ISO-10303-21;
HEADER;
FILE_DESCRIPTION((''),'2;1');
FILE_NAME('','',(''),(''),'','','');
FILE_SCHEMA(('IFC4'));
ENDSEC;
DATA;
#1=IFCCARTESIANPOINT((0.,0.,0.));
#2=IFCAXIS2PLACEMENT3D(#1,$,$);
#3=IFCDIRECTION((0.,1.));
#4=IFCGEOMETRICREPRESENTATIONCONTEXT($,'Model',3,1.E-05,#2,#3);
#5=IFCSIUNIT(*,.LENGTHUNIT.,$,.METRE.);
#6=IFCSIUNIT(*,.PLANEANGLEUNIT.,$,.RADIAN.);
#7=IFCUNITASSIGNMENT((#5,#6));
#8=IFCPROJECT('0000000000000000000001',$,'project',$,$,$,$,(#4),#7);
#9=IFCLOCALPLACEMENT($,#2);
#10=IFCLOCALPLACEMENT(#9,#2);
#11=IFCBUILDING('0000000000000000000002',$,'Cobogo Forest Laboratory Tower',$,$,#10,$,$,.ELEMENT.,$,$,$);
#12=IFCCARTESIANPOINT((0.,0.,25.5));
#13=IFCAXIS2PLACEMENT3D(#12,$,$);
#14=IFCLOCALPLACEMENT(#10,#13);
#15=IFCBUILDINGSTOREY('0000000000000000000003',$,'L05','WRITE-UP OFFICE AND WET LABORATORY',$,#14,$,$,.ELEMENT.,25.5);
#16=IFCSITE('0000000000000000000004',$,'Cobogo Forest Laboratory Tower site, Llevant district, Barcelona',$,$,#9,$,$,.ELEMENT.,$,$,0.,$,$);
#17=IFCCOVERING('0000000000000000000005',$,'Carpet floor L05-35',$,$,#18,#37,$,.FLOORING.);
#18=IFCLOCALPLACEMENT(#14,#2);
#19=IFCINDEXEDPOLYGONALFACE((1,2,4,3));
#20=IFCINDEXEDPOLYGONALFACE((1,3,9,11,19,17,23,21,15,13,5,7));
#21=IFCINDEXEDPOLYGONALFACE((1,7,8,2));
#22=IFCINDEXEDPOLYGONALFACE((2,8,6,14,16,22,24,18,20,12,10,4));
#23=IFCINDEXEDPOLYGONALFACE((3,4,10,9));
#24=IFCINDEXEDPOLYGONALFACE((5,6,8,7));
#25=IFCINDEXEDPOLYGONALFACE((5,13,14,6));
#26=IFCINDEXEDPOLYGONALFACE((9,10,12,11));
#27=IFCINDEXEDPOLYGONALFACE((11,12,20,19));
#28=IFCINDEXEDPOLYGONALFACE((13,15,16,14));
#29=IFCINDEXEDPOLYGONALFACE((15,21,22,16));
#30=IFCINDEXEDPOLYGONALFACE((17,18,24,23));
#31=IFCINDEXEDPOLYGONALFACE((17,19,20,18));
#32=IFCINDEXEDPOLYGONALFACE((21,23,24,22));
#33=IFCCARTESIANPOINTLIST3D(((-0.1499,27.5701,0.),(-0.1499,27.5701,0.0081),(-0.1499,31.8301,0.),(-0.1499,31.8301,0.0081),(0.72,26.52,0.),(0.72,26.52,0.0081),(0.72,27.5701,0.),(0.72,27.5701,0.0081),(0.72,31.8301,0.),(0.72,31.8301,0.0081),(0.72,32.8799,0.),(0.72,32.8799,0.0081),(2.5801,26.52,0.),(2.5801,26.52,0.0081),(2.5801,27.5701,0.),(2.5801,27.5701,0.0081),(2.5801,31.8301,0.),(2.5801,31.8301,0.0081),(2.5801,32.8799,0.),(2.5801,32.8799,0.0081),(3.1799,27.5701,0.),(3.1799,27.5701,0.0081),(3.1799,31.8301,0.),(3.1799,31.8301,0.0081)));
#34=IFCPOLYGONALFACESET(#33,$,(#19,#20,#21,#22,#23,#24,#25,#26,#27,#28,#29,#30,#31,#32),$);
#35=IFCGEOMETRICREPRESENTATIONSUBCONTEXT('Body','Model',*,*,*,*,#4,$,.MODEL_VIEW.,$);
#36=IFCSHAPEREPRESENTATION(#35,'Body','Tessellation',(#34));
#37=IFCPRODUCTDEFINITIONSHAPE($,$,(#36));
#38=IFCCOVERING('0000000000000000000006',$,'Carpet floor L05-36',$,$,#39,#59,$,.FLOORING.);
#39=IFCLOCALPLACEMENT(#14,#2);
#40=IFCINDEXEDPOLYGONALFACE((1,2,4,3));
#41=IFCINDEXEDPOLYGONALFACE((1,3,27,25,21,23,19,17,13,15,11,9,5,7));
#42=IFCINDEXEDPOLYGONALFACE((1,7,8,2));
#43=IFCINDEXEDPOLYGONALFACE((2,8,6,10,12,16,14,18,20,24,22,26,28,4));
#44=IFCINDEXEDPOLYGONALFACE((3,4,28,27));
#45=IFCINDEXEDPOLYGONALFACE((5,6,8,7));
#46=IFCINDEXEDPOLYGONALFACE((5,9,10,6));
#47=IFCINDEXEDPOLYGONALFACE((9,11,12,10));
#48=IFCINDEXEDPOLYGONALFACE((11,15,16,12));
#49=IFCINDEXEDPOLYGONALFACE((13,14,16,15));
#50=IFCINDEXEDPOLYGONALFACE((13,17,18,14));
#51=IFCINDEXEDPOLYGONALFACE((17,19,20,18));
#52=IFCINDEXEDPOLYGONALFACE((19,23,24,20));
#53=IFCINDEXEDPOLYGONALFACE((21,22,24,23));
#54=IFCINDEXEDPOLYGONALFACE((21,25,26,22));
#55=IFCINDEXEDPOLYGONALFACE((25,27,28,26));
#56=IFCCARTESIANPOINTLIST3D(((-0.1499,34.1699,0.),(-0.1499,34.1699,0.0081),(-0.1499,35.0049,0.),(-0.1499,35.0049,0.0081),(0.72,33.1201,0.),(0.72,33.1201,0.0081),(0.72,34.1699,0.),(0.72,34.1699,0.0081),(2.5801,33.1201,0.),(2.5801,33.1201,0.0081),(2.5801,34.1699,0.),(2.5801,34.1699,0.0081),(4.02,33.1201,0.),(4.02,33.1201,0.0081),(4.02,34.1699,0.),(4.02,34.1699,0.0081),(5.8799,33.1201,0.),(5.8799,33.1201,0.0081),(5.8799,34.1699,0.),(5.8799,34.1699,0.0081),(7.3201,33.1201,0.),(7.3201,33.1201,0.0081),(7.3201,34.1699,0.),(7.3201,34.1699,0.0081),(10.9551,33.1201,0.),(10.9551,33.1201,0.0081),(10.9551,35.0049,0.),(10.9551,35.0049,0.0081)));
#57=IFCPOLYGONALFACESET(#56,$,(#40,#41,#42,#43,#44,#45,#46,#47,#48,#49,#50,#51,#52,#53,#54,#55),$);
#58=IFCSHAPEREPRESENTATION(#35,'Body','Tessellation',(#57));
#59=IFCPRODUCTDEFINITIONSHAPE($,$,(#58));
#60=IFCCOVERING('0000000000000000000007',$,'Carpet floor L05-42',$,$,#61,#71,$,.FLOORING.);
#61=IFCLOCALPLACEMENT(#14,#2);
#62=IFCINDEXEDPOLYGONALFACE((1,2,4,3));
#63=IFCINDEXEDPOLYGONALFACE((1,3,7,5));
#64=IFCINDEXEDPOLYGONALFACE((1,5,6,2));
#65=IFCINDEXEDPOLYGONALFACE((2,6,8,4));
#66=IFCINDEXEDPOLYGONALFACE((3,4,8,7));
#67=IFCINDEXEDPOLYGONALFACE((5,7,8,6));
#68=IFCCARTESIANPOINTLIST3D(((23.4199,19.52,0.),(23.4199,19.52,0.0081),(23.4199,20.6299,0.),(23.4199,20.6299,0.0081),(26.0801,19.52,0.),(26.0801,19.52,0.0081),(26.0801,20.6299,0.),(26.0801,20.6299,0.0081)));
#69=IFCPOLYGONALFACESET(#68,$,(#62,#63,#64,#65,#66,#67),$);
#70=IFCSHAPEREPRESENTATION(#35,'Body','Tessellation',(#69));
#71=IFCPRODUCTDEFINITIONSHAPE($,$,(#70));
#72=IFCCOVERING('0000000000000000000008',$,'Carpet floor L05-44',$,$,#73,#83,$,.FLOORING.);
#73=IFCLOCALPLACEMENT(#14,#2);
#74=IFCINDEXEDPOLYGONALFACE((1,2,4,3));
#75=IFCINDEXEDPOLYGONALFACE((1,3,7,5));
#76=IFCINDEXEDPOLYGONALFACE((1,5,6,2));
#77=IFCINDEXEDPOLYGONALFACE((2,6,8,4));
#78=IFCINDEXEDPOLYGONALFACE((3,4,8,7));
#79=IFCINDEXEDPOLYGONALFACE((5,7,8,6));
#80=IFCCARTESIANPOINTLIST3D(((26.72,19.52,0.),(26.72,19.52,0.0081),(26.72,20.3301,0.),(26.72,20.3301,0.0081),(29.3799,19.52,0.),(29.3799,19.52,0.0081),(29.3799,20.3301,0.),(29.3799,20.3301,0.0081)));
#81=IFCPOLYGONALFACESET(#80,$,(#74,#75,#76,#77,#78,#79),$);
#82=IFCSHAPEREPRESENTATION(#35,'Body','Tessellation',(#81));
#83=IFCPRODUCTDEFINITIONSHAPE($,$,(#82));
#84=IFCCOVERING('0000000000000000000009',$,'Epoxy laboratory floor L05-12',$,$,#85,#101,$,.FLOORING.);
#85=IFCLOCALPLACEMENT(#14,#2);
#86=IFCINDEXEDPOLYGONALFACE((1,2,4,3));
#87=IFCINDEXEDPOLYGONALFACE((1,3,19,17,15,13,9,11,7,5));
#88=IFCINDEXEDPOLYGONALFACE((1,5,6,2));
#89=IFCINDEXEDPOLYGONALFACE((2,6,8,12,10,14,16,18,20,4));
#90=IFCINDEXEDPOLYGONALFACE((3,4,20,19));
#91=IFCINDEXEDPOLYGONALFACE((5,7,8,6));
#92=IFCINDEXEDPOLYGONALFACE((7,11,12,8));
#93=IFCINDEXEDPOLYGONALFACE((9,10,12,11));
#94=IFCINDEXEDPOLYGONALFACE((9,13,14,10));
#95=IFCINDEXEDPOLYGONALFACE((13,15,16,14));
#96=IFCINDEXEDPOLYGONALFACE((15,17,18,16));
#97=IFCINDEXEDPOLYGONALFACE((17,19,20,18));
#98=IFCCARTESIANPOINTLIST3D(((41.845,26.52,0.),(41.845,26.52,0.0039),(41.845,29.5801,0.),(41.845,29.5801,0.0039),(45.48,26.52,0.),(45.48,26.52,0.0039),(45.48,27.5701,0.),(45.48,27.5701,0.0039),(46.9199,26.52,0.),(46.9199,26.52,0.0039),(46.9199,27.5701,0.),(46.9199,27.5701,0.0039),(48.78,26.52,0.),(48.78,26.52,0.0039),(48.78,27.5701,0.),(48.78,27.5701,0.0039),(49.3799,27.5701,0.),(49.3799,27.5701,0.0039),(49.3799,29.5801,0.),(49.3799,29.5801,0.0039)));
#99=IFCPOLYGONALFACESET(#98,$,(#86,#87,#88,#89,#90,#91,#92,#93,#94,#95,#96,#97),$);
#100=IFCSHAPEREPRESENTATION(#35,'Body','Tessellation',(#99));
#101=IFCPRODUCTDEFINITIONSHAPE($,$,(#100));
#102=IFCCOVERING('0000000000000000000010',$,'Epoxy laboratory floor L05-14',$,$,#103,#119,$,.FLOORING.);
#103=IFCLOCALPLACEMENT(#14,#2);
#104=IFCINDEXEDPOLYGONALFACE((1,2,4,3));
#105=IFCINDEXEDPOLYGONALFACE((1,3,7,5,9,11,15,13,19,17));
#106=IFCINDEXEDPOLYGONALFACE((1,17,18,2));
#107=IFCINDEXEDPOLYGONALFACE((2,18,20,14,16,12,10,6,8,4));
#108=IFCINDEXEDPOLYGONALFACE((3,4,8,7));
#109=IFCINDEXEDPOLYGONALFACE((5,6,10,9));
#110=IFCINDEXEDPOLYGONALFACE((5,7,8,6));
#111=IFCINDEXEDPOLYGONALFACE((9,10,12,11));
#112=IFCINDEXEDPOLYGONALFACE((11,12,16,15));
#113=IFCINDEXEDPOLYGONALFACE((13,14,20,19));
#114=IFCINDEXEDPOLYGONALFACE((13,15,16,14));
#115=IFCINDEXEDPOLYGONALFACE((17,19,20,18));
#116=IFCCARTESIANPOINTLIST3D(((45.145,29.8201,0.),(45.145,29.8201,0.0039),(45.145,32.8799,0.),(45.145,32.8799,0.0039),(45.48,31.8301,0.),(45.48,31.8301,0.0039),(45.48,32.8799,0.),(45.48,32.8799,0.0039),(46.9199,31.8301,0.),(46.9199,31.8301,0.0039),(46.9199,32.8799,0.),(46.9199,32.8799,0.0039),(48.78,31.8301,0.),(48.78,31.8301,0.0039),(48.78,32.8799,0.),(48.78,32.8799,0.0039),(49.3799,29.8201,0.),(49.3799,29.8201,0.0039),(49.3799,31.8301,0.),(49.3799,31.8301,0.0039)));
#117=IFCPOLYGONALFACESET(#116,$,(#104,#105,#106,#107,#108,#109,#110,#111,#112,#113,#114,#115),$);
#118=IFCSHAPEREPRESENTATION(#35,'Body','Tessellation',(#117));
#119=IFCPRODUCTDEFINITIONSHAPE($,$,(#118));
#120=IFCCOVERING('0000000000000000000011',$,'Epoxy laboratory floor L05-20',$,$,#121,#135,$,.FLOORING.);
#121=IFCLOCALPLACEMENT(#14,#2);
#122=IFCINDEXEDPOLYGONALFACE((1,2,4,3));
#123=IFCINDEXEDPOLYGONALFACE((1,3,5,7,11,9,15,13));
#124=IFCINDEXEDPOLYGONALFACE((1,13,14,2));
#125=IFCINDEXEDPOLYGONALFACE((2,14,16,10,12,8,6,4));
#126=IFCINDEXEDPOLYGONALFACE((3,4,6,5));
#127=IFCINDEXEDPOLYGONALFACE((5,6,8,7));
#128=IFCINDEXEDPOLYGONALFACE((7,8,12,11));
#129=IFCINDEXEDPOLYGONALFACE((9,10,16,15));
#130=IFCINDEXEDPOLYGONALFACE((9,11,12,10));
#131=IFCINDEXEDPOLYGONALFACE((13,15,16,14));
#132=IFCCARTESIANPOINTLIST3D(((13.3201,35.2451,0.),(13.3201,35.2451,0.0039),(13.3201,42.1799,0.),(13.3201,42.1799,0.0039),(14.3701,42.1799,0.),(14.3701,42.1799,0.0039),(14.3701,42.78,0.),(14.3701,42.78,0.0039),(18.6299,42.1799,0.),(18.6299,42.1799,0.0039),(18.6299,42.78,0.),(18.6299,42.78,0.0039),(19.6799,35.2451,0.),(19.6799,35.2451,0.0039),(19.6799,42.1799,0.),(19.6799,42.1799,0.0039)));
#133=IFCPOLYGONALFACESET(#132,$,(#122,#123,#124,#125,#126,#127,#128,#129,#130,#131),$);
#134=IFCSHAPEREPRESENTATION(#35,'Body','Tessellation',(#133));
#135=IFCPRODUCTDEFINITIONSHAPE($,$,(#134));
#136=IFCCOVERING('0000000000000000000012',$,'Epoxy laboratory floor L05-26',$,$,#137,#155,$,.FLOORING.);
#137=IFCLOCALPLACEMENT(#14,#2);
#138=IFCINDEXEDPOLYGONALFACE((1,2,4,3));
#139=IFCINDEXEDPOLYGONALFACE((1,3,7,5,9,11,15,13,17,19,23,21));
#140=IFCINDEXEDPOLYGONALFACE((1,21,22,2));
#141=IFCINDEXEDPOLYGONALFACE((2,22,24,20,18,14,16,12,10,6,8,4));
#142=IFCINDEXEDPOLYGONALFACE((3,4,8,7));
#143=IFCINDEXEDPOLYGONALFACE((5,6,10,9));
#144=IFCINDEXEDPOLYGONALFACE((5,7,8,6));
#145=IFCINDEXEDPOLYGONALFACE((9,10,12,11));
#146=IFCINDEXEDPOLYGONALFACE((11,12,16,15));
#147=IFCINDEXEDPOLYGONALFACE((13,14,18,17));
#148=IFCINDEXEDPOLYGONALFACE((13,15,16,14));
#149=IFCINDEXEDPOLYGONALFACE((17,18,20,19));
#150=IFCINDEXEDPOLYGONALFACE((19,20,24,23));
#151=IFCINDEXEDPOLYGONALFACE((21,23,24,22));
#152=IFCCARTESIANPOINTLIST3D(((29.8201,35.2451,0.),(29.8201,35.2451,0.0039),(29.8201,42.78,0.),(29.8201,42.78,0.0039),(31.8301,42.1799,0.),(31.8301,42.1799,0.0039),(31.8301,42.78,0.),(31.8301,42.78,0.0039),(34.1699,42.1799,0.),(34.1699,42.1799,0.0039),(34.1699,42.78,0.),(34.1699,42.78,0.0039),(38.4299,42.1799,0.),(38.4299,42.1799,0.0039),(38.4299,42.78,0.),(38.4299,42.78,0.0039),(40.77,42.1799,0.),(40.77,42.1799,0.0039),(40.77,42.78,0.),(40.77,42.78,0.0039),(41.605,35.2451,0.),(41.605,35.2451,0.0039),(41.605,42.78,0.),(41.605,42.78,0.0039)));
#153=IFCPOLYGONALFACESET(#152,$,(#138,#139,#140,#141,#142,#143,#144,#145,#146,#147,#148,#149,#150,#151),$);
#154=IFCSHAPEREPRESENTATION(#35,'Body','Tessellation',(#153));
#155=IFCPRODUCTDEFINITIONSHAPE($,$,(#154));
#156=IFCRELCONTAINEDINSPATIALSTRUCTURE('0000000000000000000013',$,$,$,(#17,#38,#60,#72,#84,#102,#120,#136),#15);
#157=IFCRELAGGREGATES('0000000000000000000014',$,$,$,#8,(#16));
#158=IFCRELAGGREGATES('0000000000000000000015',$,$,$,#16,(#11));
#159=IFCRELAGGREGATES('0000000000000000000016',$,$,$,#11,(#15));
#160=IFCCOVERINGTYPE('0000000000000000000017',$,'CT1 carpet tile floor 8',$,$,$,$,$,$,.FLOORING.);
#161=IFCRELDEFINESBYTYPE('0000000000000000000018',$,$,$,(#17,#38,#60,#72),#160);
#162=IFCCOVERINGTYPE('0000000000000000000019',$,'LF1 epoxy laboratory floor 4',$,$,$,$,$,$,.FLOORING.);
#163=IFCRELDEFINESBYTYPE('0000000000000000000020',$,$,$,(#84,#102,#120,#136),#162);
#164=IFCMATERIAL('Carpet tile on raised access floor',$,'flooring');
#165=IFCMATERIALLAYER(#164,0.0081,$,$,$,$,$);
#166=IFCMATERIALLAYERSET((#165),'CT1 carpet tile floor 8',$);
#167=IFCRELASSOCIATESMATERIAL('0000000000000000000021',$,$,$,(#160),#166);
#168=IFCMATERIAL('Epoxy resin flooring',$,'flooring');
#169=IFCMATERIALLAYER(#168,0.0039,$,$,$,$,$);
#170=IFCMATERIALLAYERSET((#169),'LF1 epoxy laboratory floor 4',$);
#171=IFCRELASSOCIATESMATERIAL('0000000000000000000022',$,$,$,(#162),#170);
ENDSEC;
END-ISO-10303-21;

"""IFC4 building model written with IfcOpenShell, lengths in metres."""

from ifc_helpers import new_model, si_unit, direction, frame, origin, place, context, subcontext, project, spatial, polyline, outline, extrude, material, layer, layer_set, type_object, element, save


model = new_model("IFC4")

# Units and contexts
model_context = context("Model", 3, precision=1e-05, world=origin(), true_north=direction((0.0, 1.0)))
body_context = subcontext(model_context, "Body", "Model", "MODEL_VIEW")
ifc_project = project(units=[si_unit("LENGTHUNIT", "METRE"), si_unit("PLANEANGLEUNIT", "RADIAN")], contexts=[model_context])

# Site, building, storey
site_placement = place(None, origin())
site = spatial("IfcSite", under=ifc_project, at=site_placement, Name="Cobogo Forest Laboratory Tower site, Llevant district, Barcelona", CompositionType="ELEMENT", RefElevation=0.0)
building_placement = place(site_placement, origin())
building = spatial("IfcBuilding", under=site, at=building_placement, Name="Cobogo Forest Laboratory Tower", CompositionType="ELEMENT")
storey_placement = place(building_placement, frame((0.0, 0.0, 25.5)))
storey = spatial("IfcBuildingStorey", under=building, at=storey_placement, Name="L05", Description="WRITE-UP OFFICE AND WET LABORATORY", CompositionType="ELEMENT", Elevation=25.5)

# Coverings
ifc_material_1 = material(Name="Carpet tile on raised access floor", Category="flooring")
ifc_layer_1 = layer(ifc_material_1, 0.0081)
ifc_layer_set_1 = layer_set([ifc_layer_1], Name="CT1 carpet tile floor 8")
covering_type_1 = type_object("IfcCoveringType", Name="CT1 carpet tile floor 8", PredefinedType="FLOORING", material=ifc_layer_set_1)
covering_1_placement = place(storey_placement, origin())
element("IfcCovering", 1, at=covering_1_placement, inside=storey, type_object=covering_type_1, Name="Carpet floor L05-35", PredefinedType="FLOORING", context=body_context, shape_type="SweptSolid", body=[
    extrude(outline(polyline([(3.1799, 27.5701), (2.5801, 27.5701), (2.5801, 26.52), (0.72, 26.52), (0.72, 27.5701), (-0.1499, 27.5701), (-0.1499, 31.8301), (0.72, 31.8301), (0.72, 32.8799), (2.5801, 32.8799), (2.5801, 31.8301), (3.1799, 31.8301), (3.1799, 27.5701)])), origin(), (0.0, 0.0, 1.0), 0.0081),
])
covering_2_placement = place(storey_placement, origin())
element("IfcCovering", 2, at=covering_2_placement, inside=storey, type_object=covering_type_1, Name="Carpet floor L05-36", PredefinedType="FLOORING", context=body_context, shape_type="SweptSolid", body=[
    extrude(outline(polyline([(10.9551, 33.1201), (7.3201, 33.1201), (7.3201, 34.1699), (5.8799, 34.1699), (5.8799, 33.1201), (4.02, 33.1201), (4.02, 34.1699), (2.5801, 34.1699), (2.5801, 33.1201), (0.72, 33.1201), (0.72, 34.1699), (-0.1499, 34.1699), (-0.1499, 35.0049), (10.9551, 35.0049), (10.9551, 33.1201)])), origin(), (0.0, 0.0, 1.0), 0.0081),
])
covering_3_placement = place(storey_placement, origin())
element("IfcCovering", 3, at=covering_3_placement, inside=storey, type_object=covering_type_1, Name="Carpet floor L05-42", PredefinedType="FLOORING", context=body_context, shape_type="SweptSolid", body=[
    extrude(outline(polyline([(26.0801, 19.52), (23.4199, 19.52), (23.4199, 20.6299), (26.0801, 20.6299), (26.0801, 19.52)])), origin(), (0.0, 0.0, 1.0), 0.0081),
])
covering_4_placement = place(storey_placement, origin())
element("IfcCovering", 4, at=covering_4_placement, inside=storey, type_object=covering_type_1, Name="Carpet floor L05-44", PredefinedType="FLOORING", context=body_context, shape_type="SweptSolid", body=[
    extrude(outline(polyline([(29.3799, 19.52), (26.72, 19.52), (26.72, 20.3301), (29.3799, 20.3301), (29.3799, 19.52)])), origin(), (0.0, 0.0, 1.0), 0.0081),
])
ifc_material_2 = material(Name="Epoxy resin flooring", Category="flooring")
ifc_layer_2 = layer(ifc_material_2, 0.0039)
ifc_layer_set_2 = layer_set([ifc_layer_2], Name="LF1 epoxy laboratory floor 4")
covering_type_2 = type_object("IfcCoveringType", Name="LF1 epoxy laboratory floor 4", PredefinedType="FLOORING", material=ifc_layer_set_2)
covering_5_placement = place(storey_placement, origin())
element("IfcCovering", 5, at=covering_5_placement, inside=storey, type_object=covering_type_2, Name="Epoxy laboratory floor L05-12", PredefinedType="FLOORING", context=body_context, shape_type="SweptSolid", body=[
    extrude(outline(polyline([(41.845, 29.5801), (49.3799, 29.5801), (49.3799, 27.5701), (48.78, 27.5701), (48.78, 26.52), (46.9199, 26.52), (46.9199, 27.5701), (45.48, 27.5701), (45.48, 26.52), (41.845, 26.52), (41.845, 29.5801)])), origin(), (0.0, 0.0, 1.0), 0.0039),
])
covering_6_placement = place(storey_placement, origin())
element("IfcCovering", 6, at=covering_6_placement, inside=storey, type_object=covering_type_2, Name="Epoxy laboratory floor L05-14", PredefinedType="FLOORING", context=body_context, shape_type="SweptSolid", body=[
    extrude(outline(polyline([(45.145, 32.8799), (45.48, 32.8799), (45.48, 31.8301), (46.9199, 31.8301), (46.9199, 32.8799), (48.78, 32.8799), (48.78, 31.8301), (49.3799, 31.8301), (49.3799, 29.8201), (45.145, 29.8201), (45.145, 32.8799)])), origin(), (0.0, 0.0, 1.0), 0.0039),
])
covering_7_placement = place(storey_placement, origin())
element("IfcCovering", 7, at=covering_7_placement, inside=storey, type_object=covering_type_2, Name="Epoxy laboratory floor L05-20", PredefinedType="FLOORING", context=body_context, shape_type="SweptSolid", body=[
    extrude(outline(polyline([(13.3201, 42.1799), (14.3701, 42.1799), (14.3701, 42.78), (18.6299, 42.78), (18.6299, 42.1799), (19.6799, 42.1799), (19.6799, 35.2451), (13.3201, 35.2451), (13.3201, 42.1799)])), origin(), (0.0, 0.0, 1.0), 0.0039),
])
covering_8_placement = place(storey_placement, origin())
element("IfcCovering", 8, at=covering_8_placement, inside=storey, type_object=covering_type_2, Name="Epoxy laboratory floor L05-26", PredefinedType="FLOORING", context=body_context, shape_type="SweptSolid", body=[
    extrude(outline(polyline([(29.8201, 42.78), (31.8301, 42.78), (31.8301, 42.1799), (34.1699, 42.1799), (34.1699, 42.78), (38.4299, 42.78), (38.4299, 42.1799), (40.77, 42.1799), (40.77, 42.78), (41.605, 42.78), (41.605, 35.2451), (29.8201, 35.2451), (29.8201, 42.78)])), origin(), (0.0, 0.0, 1.0), 0.0039),
])

save(model, "model.ifc")
